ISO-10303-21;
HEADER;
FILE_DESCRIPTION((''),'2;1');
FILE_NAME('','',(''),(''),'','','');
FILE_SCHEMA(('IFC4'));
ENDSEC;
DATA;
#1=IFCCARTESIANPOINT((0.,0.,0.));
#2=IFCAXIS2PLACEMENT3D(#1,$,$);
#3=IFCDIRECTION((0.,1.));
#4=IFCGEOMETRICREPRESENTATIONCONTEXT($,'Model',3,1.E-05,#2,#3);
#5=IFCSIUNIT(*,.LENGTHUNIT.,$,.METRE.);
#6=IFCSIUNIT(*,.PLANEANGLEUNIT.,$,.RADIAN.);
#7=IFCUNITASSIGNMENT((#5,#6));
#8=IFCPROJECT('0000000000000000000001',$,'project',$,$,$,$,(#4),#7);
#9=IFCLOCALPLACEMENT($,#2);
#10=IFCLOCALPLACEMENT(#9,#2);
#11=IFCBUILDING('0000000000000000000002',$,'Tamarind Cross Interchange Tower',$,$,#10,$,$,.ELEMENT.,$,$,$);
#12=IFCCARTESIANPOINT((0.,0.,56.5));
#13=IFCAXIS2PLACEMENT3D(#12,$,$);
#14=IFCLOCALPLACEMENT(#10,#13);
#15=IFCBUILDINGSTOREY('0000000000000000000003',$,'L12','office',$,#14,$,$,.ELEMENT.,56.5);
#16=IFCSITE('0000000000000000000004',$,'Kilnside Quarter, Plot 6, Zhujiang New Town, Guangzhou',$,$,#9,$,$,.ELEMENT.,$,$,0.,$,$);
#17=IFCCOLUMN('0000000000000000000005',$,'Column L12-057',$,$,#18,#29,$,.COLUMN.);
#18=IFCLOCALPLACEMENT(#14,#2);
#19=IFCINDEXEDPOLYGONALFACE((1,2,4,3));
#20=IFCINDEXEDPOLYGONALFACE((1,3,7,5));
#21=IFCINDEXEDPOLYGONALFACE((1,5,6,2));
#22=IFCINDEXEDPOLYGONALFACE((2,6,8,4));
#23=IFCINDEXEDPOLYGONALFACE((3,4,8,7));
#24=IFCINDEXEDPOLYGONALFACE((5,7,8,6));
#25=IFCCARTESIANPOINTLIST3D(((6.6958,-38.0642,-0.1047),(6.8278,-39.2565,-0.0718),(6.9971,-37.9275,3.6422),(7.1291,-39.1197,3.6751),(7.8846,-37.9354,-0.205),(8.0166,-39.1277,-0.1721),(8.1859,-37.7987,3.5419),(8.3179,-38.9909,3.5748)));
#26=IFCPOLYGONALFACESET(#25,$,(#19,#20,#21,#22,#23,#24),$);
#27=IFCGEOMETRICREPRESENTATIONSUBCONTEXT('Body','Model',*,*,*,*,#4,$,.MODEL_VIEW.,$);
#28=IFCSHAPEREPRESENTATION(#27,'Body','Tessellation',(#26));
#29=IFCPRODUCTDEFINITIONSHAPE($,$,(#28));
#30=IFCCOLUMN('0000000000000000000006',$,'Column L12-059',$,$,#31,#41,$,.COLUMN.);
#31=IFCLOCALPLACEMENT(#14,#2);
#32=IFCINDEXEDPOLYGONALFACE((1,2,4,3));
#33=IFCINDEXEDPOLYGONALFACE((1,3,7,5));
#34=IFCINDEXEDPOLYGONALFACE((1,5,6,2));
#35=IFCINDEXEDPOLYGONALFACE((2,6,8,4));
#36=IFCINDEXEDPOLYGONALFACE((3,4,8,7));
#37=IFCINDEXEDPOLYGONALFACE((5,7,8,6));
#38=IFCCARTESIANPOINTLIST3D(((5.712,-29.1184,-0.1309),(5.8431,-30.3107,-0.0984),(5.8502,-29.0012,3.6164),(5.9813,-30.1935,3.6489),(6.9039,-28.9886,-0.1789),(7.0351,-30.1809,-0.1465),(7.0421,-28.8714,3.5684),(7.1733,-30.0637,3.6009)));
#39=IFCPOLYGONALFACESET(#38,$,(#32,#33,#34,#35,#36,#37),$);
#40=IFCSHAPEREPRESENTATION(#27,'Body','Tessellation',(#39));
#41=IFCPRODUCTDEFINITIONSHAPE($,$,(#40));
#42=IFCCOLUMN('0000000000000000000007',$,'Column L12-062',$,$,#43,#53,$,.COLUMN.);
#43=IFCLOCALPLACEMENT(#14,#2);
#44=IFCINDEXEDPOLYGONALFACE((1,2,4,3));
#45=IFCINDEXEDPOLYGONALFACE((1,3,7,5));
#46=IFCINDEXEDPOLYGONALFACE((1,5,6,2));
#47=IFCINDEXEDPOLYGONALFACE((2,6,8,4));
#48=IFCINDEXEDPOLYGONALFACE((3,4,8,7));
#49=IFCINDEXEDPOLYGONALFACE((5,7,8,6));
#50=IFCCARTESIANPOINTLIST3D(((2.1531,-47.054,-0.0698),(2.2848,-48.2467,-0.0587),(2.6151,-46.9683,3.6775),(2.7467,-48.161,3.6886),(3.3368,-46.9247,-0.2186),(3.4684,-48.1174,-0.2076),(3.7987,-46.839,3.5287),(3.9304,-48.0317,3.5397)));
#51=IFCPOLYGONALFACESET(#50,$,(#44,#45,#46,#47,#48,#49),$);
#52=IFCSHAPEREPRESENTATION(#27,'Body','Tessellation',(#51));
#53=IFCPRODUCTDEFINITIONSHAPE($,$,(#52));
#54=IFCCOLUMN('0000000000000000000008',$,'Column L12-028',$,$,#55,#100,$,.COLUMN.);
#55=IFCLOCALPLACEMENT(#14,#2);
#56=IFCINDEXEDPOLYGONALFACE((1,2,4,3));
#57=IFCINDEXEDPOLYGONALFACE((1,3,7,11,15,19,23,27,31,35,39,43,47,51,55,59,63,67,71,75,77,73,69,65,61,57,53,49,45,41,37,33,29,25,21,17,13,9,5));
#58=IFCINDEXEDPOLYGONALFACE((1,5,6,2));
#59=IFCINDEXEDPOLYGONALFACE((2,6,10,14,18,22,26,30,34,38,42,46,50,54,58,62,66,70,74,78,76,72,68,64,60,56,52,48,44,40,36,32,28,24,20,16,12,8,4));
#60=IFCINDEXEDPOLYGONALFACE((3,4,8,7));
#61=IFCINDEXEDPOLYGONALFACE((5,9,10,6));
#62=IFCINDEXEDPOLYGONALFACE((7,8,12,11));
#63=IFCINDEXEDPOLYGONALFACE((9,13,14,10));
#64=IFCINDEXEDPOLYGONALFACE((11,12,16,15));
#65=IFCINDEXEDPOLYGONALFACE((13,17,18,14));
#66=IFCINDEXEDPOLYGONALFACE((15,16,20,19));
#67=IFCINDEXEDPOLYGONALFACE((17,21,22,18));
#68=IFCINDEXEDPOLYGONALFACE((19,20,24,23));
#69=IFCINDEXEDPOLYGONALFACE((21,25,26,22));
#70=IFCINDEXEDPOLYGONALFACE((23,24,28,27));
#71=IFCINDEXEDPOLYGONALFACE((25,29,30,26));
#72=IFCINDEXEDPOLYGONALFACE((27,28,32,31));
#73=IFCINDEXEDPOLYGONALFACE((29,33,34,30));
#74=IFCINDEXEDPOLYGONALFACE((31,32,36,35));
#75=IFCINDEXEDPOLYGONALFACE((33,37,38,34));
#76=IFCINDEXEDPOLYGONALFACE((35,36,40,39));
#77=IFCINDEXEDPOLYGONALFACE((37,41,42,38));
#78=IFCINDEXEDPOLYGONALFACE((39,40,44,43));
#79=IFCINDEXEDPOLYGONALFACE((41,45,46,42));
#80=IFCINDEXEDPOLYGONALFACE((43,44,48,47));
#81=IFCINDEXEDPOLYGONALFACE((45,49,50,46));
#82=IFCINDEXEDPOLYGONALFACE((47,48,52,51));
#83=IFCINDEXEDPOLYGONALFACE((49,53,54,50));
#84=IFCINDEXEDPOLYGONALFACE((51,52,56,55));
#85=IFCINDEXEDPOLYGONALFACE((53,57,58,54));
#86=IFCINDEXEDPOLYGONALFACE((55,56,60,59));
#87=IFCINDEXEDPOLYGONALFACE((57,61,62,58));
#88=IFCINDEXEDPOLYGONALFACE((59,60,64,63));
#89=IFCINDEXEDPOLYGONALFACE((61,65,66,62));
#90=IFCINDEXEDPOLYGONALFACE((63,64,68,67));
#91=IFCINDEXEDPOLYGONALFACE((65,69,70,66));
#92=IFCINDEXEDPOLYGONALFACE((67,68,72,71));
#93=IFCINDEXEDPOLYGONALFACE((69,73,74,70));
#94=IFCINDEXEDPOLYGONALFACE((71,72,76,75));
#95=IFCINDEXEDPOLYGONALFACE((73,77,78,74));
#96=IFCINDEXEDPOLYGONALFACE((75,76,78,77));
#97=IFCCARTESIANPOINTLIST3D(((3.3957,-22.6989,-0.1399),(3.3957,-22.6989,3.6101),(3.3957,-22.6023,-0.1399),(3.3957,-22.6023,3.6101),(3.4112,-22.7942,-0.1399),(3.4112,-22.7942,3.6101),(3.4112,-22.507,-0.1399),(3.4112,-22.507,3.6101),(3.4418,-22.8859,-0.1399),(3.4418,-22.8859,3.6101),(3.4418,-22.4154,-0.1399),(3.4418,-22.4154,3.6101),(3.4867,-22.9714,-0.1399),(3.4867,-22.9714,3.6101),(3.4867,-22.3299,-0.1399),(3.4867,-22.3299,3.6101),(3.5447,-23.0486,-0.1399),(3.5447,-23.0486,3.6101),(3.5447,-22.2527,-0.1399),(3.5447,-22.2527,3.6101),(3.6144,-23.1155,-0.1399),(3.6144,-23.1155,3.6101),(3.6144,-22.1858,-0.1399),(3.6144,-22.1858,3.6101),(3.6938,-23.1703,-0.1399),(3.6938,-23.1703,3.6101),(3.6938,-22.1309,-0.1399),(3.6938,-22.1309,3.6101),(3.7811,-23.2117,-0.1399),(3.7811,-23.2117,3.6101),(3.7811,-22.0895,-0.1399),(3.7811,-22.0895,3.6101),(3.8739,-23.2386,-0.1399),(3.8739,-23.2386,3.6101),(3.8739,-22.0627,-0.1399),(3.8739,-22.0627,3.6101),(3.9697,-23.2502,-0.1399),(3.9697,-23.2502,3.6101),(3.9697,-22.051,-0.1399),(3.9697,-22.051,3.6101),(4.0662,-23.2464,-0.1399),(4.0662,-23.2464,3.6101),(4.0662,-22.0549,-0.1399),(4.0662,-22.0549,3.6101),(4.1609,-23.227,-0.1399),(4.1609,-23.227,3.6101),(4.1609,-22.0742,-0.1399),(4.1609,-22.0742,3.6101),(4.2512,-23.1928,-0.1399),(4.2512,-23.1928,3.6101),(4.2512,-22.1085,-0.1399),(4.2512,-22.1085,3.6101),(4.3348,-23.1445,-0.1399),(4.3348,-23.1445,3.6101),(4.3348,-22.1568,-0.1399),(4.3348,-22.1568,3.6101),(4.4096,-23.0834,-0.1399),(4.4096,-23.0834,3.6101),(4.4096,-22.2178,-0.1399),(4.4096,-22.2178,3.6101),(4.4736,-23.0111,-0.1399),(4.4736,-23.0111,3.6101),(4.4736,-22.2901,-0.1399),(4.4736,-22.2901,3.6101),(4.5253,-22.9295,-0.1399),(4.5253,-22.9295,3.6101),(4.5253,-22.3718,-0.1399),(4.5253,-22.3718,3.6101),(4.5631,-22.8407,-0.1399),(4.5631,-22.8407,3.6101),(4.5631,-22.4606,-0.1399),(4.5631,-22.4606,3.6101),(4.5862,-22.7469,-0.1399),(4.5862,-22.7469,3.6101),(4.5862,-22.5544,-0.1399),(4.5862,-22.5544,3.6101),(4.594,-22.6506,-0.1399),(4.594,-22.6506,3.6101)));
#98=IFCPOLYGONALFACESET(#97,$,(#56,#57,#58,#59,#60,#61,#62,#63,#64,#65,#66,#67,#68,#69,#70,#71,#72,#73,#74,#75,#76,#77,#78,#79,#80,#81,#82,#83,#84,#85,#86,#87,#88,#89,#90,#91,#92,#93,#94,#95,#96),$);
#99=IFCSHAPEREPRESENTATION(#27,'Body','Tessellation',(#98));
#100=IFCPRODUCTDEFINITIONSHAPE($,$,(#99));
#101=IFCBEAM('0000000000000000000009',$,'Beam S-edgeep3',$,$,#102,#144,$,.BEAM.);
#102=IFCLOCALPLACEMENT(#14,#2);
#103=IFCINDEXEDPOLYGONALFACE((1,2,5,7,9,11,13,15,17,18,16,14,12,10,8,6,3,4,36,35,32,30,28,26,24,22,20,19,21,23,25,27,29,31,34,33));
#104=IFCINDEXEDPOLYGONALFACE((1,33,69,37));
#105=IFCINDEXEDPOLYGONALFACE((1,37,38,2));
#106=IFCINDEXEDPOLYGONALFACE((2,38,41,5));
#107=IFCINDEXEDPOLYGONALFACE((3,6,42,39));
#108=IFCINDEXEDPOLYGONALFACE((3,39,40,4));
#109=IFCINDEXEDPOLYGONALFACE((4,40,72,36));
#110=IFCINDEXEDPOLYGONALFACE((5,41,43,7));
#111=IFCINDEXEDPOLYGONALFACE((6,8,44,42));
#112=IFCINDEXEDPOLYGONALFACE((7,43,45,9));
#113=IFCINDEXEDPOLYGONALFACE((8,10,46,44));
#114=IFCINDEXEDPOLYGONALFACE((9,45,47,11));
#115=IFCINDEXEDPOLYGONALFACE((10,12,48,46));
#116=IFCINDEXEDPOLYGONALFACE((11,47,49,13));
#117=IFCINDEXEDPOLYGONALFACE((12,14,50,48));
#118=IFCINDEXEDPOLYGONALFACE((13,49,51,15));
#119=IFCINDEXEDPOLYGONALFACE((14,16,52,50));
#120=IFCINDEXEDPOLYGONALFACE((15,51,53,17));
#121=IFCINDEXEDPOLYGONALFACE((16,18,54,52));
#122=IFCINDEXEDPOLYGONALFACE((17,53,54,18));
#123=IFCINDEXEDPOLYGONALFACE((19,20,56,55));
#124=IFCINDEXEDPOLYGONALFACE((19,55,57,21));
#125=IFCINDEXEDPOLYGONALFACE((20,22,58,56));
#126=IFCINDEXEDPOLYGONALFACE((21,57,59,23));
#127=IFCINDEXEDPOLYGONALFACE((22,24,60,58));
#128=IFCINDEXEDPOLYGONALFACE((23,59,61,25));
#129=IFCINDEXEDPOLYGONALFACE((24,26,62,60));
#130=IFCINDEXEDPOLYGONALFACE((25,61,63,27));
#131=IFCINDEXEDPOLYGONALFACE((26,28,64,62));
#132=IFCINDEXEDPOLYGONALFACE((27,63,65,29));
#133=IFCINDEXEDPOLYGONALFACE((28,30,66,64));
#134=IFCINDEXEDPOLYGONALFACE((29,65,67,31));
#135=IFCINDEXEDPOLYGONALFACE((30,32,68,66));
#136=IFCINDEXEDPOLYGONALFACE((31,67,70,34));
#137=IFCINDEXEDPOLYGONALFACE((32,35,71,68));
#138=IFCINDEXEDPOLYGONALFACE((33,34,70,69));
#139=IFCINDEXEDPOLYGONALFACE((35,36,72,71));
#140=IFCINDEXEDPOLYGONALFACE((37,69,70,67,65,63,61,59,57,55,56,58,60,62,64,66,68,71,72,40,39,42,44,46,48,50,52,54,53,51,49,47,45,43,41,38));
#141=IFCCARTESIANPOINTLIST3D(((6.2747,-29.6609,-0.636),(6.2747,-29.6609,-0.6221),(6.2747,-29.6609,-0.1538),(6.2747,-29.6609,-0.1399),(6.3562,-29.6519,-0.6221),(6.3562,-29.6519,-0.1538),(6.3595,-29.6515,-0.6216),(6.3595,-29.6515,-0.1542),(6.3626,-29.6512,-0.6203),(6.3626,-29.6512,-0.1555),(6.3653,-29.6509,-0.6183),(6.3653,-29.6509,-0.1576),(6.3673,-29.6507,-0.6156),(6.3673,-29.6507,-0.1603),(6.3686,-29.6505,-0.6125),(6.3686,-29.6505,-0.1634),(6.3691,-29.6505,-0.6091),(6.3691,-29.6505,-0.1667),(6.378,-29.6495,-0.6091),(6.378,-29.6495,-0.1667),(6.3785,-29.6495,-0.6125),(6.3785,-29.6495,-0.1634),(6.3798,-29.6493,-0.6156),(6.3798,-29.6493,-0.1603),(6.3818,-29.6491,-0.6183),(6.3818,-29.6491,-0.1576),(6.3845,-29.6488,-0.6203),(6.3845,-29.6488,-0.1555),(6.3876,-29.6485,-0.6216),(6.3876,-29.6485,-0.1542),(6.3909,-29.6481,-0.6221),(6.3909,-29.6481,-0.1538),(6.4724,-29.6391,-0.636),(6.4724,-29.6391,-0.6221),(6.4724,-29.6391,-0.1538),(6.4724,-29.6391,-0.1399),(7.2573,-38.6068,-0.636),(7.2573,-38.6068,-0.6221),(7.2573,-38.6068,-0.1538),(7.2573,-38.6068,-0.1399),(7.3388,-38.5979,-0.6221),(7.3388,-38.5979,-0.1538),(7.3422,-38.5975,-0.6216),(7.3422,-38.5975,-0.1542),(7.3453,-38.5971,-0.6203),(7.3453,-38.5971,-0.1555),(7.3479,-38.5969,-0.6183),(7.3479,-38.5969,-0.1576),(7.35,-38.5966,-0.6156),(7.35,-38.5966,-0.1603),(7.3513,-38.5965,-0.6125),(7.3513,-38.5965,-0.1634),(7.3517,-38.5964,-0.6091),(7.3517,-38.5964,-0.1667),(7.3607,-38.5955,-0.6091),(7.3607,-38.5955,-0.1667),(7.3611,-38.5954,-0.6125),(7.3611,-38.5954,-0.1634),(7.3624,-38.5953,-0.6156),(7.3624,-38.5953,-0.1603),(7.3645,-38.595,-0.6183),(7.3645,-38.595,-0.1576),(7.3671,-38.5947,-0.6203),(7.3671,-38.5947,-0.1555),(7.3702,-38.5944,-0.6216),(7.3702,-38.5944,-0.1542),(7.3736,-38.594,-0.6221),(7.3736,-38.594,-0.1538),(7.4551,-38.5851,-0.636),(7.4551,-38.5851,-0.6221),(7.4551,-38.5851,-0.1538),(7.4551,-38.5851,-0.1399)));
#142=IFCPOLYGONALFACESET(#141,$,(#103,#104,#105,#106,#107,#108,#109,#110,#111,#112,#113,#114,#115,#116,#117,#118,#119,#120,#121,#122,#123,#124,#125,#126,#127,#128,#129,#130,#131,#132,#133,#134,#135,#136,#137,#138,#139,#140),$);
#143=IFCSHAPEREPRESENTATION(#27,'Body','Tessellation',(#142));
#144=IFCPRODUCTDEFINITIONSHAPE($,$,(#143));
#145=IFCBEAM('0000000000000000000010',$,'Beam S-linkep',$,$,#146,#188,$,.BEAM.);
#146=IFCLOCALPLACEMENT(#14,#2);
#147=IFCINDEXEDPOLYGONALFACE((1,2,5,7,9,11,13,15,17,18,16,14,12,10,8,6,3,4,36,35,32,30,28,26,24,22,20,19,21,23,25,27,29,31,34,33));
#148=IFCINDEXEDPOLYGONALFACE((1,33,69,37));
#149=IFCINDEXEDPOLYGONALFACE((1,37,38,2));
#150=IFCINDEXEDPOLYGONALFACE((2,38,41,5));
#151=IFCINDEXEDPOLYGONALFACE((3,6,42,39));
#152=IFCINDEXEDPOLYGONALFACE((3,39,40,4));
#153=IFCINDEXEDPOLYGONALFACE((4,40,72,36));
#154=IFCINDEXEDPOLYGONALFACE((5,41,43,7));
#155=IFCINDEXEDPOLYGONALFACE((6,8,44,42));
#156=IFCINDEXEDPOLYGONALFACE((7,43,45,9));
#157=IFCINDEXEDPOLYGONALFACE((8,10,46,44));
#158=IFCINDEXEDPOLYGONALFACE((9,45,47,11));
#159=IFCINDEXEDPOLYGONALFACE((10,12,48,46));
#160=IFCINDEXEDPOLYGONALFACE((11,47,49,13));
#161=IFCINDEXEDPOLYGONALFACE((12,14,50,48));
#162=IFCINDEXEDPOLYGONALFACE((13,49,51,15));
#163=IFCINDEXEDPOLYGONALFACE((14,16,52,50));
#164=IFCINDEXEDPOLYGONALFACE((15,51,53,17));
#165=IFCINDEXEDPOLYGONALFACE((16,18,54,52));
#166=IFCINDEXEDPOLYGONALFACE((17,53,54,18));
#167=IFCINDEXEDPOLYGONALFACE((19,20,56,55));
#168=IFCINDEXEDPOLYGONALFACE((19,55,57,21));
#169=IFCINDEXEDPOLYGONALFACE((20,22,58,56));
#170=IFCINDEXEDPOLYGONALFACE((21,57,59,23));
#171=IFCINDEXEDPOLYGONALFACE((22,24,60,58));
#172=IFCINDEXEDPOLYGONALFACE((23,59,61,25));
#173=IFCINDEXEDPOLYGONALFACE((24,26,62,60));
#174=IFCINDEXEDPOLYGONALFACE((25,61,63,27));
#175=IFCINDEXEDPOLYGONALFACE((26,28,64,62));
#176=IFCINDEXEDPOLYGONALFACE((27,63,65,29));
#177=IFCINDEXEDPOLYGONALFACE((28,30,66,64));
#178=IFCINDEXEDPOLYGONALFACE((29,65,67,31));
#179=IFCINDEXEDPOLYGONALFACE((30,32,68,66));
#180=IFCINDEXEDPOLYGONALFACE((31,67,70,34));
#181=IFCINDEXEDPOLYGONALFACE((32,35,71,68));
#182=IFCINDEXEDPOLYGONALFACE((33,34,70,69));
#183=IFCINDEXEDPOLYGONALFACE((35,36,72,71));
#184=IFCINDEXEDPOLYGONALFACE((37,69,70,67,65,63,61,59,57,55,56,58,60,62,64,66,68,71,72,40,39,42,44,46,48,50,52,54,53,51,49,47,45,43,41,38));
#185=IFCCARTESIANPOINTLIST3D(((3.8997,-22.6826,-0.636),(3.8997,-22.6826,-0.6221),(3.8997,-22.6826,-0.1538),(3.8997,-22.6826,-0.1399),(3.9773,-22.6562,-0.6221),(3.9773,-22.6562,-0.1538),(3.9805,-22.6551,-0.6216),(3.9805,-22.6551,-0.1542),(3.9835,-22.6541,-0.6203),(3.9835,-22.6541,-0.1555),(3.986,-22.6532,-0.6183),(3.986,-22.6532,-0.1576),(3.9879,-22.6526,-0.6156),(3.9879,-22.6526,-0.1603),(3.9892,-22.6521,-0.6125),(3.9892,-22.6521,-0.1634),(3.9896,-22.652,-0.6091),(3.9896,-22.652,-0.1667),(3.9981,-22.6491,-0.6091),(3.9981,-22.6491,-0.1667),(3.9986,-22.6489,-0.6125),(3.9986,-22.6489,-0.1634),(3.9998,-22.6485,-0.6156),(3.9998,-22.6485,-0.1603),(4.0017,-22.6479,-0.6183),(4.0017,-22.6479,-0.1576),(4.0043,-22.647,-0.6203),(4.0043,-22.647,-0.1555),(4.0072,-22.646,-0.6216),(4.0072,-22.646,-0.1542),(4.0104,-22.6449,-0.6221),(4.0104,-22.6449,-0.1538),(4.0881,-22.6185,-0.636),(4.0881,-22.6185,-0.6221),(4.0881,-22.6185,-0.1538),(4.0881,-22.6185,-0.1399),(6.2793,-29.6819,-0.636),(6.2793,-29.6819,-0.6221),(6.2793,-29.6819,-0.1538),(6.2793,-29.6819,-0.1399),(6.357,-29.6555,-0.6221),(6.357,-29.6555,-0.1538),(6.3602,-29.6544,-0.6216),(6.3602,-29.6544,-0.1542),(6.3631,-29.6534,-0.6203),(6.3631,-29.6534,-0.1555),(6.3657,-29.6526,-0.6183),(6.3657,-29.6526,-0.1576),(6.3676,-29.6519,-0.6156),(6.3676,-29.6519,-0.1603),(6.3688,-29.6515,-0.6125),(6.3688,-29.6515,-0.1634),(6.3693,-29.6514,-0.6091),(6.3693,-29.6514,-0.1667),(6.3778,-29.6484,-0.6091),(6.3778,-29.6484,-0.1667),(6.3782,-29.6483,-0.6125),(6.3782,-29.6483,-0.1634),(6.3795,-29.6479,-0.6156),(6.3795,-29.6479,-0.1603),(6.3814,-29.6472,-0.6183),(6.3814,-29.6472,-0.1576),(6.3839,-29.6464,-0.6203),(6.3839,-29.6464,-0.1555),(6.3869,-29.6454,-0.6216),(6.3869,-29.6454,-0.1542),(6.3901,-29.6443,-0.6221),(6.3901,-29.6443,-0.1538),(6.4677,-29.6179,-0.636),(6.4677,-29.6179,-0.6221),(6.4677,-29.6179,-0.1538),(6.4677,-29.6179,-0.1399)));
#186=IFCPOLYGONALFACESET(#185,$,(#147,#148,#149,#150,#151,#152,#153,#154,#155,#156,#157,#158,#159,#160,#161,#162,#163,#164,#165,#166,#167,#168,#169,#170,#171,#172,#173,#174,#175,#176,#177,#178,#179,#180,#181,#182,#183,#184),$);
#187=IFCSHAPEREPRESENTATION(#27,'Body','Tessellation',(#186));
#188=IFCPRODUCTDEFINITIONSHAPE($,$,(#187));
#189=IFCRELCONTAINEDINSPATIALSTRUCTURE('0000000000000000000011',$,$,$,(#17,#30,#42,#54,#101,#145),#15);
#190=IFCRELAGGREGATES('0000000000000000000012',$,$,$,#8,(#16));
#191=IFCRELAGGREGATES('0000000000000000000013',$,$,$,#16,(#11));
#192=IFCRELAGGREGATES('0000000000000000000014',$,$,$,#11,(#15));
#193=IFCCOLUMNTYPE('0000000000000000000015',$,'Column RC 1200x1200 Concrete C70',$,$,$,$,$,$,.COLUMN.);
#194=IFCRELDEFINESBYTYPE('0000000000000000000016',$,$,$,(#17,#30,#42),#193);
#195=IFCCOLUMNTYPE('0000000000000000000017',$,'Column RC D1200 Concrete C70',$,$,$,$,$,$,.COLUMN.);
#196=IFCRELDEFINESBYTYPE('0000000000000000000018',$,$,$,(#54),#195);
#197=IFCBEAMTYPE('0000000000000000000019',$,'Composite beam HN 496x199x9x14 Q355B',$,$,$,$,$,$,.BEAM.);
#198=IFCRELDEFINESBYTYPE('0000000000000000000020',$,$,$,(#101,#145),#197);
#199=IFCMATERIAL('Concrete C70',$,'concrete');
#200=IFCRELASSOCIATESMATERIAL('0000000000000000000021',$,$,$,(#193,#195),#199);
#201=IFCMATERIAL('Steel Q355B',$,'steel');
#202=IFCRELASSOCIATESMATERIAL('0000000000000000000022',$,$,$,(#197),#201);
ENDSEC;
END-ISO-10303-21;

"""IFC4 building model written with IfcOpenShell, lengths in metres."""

from ifc_helpers import new_model, si_unit, direction, frame, origin, origin_2d, place, context, subcontext, project, spatial, rectangle, circle, i_section, extrude, material, material_profile, profile_set, type_object, element, save


model = new_model("IFC4")

# Units and contexts
model_context = context("Model", 3, precision=1e-05, world=origin(), true_north=direction((0.0, 1.0)))
body_context = subcontext(model_context, "Body", "Model", "MODEL_VIEW")
ifc_project = project(units=[si_unit("LENGTHUNIT", "METRE"), si_unit("PLANEANGLEUNIT", "RADIAN")], contexts=[model_context])

# Site, building, storey
site_placement = place(None, origin())
site = spatial("IfcSite", under=ifc_project, at=site_placement, Name="Kilnside Quarter, Plot 6, Zhujiang New Town, Guangzhou", CompositionType="ELEMENT", RefElevation=0.0)
building_placement = place(site_placement, origin())
building = spatial("IfcBuilding", under=site, at=building_placement, Name="Tamarind Cross Interchange Tower", CompositionType="ELEMENT")
storey_placement = place(building_placement, frame((0.0, 0.0, 56.5)))
storey = spatial("IfcBuildingStorey", under=building, at=storey_placement, Name="L12", Description="office", CompositionType="ELEMENT", Elevation=56.5)

# Columns
ifc_material_1 = material(Name="Concrete C70", Category="concrete")
ifc_material_profile_1 = material_profile(ifc_material_1, rectangle(XDim=1.2, YDim=1.2, at=origin_2d()), Name="RC 1200x1200")
ifc_profile_set_1 = profile_set([ifc_material_profile_1], Name="Concrete C70")
column_type_1 = type_object("IfcColumnType", Name="Column RC 1200x1200 Concrete C70", PredefinedType="COLUMN", material=ifc_profile_set_1)
column_1_placement = place(storey_placement, frame((7.3562, -38.5959, -0.1384), z_axis=(0.080095, 0.036348, 0.996124), x_axis=(-0.990703, -0.107347, 0.083576)))
element("IfcColumn", 1, at=column_1_placement, inside=storey, type_object=column_type_1, Name="Column L12-057", PredefinedType="COLUMN", context=body_context, shape_type="SweptSolid", body=[
    extrude(rectangle(XDim=1.2, YDim=1.2, at=origin_2d()), origin(), (0.0, 0.0, 1.0), 3.7615),
])
column_2_placement = place(storey_placement, frame((6.3735, -29.6497, -0.1387), z_axis=(0.036832, 0.031236, 0.998833), x_axis=(-0.993325, -0.108189, 0.040013)))
element("IfcColumn", 2, at=column_2_placement, inside=storey, type_object=column_type_1, Name="Column L12-059", PredefinedType="COLUMN", context=body_context, shape_type="SweptSolid", body=[
    extrude(rectangle(XDim=1.2, YDim=1.2, at=origin_2d()), origin(), (0.0, 0.0, 1.0), 3.7517),
])
column_3_placement = place(storey_placement, frame((2.8108, -47.5857, -0.1387), z_axis=(0.122308, 0.02269, 0.992233), x_axis=(-0.986409, -0.107741, 0.124054)))
element("IfcColumn", 3, at=column_3_placement, inside=storey, type_object=column_type_1, Name="Column L12-062", PredefinedType="COLUMN", context=body_context, shape_type="SweptSolid", body=[
    extrude(rectangle(XDim=1.2, YDim=1.2, at=origin_2d()), origin(), (0.0, 0.0, 1.0), 3.7766),
])
ifc_material_profile_2 = material_profile(ifc_material_1, circle(Radius=0.6001, at=origin_2d()), Name="RC D1200")
ifc_profile_set_2 = profile_set([ifc_material_profile_2], Name="Concrete C70")
column_type_2 = type_object("IfcColumnType", Name="Column RC D1200 Concrete C70", PredefinedType="COLUMN", material=ifc_profile_set_2)
column_4_placement = place(storey_placement, frame((3.9939, -22.6506, -0.1399), z_axis=(0.0, 0.0, 1.0), x_axis=(1.0, 0.0, 0.0)))
element("IfcColumn", 4, at=column_4_placement, inside=storey, type_object=column_type_2, Name="Column L12-028", PredefinedType="COLUMN", context=body_context, shape_type="SweptSolid", body=[
    extrude(circle(Radius=0.6001, at=origin_2d()), origin(), (0.0, 0.0, 1.0), 3.75),
])

# Beams
ifc_material_2 = material(Name="Steel Q355B", Category="steel")
ifc_material_profile_3 = material_profile(ifc_material_2, i_section(OverallWidth=0.199, OverallDepth=0.4961, WebThickness=0.009, FlangeThickness=0.0139, FilletRadius=0.0129, at=origin_2d()), Name="HN 496x199x9x14")
ifc_profile_set_3 = profile_set([ifc_material_profile_3], Name="Steel Q355B")
beam_type_1 = type_object("IfcBeamType", Name="Composite beam HN 496x199x9x14 Q355B", PredefinedType="BEAM", material=ifc_profile_set_3)
beam_1_placement = place(storey_placement, frame((7.3562, -38.5959, -0.3879), z_axis=(-0.109187, 0.994021, 0.0), x_axis=(-0.994021, -0.109187, 0.0)))
element("IfcBeam", 5, at=beam_1_placement, inside=storey, type_object=beam_type_1, Name="Beam S-edgeep3", PredefinedType="BEAM", context=body_context, shape_type="SweptSolid", body=[
    extrude(i_section(OverallWidth=0.199, OverallDepth=0.4961, WebThickness=0.009, FlangeThickness=0.0139, FilletRadius=0.0129, at=origin_2d()), origin(), (0.0, 0.0, 1.0), 8.9998),
])
beam_2_placement = place(storey_placement, frame((6.3735, -29.6499, -0.3879), z_axis=(-0.321889, 0.946777, 0.0), x_axis=(-0.946777, -0.321889, 0.0)))
element("IfcBeam", 6, at=beam_2_placement, inside=storey, type_object=beam_type_1, Name="Beam S-linkep", PredefinedType="BEAM", context=body_context, shape_type="SweptSolid", body=[
    extrude(i_section(OverallWidth=0.199, OverallDepth=0.4961, WebThickness=0.009, FlangeThickness=0.0139, FilletRadius=0.0129, at=origin_2d()), origin(), (0.0, 0.0, 1.0), 7.3928),
])

save(model, "model.ifc")
